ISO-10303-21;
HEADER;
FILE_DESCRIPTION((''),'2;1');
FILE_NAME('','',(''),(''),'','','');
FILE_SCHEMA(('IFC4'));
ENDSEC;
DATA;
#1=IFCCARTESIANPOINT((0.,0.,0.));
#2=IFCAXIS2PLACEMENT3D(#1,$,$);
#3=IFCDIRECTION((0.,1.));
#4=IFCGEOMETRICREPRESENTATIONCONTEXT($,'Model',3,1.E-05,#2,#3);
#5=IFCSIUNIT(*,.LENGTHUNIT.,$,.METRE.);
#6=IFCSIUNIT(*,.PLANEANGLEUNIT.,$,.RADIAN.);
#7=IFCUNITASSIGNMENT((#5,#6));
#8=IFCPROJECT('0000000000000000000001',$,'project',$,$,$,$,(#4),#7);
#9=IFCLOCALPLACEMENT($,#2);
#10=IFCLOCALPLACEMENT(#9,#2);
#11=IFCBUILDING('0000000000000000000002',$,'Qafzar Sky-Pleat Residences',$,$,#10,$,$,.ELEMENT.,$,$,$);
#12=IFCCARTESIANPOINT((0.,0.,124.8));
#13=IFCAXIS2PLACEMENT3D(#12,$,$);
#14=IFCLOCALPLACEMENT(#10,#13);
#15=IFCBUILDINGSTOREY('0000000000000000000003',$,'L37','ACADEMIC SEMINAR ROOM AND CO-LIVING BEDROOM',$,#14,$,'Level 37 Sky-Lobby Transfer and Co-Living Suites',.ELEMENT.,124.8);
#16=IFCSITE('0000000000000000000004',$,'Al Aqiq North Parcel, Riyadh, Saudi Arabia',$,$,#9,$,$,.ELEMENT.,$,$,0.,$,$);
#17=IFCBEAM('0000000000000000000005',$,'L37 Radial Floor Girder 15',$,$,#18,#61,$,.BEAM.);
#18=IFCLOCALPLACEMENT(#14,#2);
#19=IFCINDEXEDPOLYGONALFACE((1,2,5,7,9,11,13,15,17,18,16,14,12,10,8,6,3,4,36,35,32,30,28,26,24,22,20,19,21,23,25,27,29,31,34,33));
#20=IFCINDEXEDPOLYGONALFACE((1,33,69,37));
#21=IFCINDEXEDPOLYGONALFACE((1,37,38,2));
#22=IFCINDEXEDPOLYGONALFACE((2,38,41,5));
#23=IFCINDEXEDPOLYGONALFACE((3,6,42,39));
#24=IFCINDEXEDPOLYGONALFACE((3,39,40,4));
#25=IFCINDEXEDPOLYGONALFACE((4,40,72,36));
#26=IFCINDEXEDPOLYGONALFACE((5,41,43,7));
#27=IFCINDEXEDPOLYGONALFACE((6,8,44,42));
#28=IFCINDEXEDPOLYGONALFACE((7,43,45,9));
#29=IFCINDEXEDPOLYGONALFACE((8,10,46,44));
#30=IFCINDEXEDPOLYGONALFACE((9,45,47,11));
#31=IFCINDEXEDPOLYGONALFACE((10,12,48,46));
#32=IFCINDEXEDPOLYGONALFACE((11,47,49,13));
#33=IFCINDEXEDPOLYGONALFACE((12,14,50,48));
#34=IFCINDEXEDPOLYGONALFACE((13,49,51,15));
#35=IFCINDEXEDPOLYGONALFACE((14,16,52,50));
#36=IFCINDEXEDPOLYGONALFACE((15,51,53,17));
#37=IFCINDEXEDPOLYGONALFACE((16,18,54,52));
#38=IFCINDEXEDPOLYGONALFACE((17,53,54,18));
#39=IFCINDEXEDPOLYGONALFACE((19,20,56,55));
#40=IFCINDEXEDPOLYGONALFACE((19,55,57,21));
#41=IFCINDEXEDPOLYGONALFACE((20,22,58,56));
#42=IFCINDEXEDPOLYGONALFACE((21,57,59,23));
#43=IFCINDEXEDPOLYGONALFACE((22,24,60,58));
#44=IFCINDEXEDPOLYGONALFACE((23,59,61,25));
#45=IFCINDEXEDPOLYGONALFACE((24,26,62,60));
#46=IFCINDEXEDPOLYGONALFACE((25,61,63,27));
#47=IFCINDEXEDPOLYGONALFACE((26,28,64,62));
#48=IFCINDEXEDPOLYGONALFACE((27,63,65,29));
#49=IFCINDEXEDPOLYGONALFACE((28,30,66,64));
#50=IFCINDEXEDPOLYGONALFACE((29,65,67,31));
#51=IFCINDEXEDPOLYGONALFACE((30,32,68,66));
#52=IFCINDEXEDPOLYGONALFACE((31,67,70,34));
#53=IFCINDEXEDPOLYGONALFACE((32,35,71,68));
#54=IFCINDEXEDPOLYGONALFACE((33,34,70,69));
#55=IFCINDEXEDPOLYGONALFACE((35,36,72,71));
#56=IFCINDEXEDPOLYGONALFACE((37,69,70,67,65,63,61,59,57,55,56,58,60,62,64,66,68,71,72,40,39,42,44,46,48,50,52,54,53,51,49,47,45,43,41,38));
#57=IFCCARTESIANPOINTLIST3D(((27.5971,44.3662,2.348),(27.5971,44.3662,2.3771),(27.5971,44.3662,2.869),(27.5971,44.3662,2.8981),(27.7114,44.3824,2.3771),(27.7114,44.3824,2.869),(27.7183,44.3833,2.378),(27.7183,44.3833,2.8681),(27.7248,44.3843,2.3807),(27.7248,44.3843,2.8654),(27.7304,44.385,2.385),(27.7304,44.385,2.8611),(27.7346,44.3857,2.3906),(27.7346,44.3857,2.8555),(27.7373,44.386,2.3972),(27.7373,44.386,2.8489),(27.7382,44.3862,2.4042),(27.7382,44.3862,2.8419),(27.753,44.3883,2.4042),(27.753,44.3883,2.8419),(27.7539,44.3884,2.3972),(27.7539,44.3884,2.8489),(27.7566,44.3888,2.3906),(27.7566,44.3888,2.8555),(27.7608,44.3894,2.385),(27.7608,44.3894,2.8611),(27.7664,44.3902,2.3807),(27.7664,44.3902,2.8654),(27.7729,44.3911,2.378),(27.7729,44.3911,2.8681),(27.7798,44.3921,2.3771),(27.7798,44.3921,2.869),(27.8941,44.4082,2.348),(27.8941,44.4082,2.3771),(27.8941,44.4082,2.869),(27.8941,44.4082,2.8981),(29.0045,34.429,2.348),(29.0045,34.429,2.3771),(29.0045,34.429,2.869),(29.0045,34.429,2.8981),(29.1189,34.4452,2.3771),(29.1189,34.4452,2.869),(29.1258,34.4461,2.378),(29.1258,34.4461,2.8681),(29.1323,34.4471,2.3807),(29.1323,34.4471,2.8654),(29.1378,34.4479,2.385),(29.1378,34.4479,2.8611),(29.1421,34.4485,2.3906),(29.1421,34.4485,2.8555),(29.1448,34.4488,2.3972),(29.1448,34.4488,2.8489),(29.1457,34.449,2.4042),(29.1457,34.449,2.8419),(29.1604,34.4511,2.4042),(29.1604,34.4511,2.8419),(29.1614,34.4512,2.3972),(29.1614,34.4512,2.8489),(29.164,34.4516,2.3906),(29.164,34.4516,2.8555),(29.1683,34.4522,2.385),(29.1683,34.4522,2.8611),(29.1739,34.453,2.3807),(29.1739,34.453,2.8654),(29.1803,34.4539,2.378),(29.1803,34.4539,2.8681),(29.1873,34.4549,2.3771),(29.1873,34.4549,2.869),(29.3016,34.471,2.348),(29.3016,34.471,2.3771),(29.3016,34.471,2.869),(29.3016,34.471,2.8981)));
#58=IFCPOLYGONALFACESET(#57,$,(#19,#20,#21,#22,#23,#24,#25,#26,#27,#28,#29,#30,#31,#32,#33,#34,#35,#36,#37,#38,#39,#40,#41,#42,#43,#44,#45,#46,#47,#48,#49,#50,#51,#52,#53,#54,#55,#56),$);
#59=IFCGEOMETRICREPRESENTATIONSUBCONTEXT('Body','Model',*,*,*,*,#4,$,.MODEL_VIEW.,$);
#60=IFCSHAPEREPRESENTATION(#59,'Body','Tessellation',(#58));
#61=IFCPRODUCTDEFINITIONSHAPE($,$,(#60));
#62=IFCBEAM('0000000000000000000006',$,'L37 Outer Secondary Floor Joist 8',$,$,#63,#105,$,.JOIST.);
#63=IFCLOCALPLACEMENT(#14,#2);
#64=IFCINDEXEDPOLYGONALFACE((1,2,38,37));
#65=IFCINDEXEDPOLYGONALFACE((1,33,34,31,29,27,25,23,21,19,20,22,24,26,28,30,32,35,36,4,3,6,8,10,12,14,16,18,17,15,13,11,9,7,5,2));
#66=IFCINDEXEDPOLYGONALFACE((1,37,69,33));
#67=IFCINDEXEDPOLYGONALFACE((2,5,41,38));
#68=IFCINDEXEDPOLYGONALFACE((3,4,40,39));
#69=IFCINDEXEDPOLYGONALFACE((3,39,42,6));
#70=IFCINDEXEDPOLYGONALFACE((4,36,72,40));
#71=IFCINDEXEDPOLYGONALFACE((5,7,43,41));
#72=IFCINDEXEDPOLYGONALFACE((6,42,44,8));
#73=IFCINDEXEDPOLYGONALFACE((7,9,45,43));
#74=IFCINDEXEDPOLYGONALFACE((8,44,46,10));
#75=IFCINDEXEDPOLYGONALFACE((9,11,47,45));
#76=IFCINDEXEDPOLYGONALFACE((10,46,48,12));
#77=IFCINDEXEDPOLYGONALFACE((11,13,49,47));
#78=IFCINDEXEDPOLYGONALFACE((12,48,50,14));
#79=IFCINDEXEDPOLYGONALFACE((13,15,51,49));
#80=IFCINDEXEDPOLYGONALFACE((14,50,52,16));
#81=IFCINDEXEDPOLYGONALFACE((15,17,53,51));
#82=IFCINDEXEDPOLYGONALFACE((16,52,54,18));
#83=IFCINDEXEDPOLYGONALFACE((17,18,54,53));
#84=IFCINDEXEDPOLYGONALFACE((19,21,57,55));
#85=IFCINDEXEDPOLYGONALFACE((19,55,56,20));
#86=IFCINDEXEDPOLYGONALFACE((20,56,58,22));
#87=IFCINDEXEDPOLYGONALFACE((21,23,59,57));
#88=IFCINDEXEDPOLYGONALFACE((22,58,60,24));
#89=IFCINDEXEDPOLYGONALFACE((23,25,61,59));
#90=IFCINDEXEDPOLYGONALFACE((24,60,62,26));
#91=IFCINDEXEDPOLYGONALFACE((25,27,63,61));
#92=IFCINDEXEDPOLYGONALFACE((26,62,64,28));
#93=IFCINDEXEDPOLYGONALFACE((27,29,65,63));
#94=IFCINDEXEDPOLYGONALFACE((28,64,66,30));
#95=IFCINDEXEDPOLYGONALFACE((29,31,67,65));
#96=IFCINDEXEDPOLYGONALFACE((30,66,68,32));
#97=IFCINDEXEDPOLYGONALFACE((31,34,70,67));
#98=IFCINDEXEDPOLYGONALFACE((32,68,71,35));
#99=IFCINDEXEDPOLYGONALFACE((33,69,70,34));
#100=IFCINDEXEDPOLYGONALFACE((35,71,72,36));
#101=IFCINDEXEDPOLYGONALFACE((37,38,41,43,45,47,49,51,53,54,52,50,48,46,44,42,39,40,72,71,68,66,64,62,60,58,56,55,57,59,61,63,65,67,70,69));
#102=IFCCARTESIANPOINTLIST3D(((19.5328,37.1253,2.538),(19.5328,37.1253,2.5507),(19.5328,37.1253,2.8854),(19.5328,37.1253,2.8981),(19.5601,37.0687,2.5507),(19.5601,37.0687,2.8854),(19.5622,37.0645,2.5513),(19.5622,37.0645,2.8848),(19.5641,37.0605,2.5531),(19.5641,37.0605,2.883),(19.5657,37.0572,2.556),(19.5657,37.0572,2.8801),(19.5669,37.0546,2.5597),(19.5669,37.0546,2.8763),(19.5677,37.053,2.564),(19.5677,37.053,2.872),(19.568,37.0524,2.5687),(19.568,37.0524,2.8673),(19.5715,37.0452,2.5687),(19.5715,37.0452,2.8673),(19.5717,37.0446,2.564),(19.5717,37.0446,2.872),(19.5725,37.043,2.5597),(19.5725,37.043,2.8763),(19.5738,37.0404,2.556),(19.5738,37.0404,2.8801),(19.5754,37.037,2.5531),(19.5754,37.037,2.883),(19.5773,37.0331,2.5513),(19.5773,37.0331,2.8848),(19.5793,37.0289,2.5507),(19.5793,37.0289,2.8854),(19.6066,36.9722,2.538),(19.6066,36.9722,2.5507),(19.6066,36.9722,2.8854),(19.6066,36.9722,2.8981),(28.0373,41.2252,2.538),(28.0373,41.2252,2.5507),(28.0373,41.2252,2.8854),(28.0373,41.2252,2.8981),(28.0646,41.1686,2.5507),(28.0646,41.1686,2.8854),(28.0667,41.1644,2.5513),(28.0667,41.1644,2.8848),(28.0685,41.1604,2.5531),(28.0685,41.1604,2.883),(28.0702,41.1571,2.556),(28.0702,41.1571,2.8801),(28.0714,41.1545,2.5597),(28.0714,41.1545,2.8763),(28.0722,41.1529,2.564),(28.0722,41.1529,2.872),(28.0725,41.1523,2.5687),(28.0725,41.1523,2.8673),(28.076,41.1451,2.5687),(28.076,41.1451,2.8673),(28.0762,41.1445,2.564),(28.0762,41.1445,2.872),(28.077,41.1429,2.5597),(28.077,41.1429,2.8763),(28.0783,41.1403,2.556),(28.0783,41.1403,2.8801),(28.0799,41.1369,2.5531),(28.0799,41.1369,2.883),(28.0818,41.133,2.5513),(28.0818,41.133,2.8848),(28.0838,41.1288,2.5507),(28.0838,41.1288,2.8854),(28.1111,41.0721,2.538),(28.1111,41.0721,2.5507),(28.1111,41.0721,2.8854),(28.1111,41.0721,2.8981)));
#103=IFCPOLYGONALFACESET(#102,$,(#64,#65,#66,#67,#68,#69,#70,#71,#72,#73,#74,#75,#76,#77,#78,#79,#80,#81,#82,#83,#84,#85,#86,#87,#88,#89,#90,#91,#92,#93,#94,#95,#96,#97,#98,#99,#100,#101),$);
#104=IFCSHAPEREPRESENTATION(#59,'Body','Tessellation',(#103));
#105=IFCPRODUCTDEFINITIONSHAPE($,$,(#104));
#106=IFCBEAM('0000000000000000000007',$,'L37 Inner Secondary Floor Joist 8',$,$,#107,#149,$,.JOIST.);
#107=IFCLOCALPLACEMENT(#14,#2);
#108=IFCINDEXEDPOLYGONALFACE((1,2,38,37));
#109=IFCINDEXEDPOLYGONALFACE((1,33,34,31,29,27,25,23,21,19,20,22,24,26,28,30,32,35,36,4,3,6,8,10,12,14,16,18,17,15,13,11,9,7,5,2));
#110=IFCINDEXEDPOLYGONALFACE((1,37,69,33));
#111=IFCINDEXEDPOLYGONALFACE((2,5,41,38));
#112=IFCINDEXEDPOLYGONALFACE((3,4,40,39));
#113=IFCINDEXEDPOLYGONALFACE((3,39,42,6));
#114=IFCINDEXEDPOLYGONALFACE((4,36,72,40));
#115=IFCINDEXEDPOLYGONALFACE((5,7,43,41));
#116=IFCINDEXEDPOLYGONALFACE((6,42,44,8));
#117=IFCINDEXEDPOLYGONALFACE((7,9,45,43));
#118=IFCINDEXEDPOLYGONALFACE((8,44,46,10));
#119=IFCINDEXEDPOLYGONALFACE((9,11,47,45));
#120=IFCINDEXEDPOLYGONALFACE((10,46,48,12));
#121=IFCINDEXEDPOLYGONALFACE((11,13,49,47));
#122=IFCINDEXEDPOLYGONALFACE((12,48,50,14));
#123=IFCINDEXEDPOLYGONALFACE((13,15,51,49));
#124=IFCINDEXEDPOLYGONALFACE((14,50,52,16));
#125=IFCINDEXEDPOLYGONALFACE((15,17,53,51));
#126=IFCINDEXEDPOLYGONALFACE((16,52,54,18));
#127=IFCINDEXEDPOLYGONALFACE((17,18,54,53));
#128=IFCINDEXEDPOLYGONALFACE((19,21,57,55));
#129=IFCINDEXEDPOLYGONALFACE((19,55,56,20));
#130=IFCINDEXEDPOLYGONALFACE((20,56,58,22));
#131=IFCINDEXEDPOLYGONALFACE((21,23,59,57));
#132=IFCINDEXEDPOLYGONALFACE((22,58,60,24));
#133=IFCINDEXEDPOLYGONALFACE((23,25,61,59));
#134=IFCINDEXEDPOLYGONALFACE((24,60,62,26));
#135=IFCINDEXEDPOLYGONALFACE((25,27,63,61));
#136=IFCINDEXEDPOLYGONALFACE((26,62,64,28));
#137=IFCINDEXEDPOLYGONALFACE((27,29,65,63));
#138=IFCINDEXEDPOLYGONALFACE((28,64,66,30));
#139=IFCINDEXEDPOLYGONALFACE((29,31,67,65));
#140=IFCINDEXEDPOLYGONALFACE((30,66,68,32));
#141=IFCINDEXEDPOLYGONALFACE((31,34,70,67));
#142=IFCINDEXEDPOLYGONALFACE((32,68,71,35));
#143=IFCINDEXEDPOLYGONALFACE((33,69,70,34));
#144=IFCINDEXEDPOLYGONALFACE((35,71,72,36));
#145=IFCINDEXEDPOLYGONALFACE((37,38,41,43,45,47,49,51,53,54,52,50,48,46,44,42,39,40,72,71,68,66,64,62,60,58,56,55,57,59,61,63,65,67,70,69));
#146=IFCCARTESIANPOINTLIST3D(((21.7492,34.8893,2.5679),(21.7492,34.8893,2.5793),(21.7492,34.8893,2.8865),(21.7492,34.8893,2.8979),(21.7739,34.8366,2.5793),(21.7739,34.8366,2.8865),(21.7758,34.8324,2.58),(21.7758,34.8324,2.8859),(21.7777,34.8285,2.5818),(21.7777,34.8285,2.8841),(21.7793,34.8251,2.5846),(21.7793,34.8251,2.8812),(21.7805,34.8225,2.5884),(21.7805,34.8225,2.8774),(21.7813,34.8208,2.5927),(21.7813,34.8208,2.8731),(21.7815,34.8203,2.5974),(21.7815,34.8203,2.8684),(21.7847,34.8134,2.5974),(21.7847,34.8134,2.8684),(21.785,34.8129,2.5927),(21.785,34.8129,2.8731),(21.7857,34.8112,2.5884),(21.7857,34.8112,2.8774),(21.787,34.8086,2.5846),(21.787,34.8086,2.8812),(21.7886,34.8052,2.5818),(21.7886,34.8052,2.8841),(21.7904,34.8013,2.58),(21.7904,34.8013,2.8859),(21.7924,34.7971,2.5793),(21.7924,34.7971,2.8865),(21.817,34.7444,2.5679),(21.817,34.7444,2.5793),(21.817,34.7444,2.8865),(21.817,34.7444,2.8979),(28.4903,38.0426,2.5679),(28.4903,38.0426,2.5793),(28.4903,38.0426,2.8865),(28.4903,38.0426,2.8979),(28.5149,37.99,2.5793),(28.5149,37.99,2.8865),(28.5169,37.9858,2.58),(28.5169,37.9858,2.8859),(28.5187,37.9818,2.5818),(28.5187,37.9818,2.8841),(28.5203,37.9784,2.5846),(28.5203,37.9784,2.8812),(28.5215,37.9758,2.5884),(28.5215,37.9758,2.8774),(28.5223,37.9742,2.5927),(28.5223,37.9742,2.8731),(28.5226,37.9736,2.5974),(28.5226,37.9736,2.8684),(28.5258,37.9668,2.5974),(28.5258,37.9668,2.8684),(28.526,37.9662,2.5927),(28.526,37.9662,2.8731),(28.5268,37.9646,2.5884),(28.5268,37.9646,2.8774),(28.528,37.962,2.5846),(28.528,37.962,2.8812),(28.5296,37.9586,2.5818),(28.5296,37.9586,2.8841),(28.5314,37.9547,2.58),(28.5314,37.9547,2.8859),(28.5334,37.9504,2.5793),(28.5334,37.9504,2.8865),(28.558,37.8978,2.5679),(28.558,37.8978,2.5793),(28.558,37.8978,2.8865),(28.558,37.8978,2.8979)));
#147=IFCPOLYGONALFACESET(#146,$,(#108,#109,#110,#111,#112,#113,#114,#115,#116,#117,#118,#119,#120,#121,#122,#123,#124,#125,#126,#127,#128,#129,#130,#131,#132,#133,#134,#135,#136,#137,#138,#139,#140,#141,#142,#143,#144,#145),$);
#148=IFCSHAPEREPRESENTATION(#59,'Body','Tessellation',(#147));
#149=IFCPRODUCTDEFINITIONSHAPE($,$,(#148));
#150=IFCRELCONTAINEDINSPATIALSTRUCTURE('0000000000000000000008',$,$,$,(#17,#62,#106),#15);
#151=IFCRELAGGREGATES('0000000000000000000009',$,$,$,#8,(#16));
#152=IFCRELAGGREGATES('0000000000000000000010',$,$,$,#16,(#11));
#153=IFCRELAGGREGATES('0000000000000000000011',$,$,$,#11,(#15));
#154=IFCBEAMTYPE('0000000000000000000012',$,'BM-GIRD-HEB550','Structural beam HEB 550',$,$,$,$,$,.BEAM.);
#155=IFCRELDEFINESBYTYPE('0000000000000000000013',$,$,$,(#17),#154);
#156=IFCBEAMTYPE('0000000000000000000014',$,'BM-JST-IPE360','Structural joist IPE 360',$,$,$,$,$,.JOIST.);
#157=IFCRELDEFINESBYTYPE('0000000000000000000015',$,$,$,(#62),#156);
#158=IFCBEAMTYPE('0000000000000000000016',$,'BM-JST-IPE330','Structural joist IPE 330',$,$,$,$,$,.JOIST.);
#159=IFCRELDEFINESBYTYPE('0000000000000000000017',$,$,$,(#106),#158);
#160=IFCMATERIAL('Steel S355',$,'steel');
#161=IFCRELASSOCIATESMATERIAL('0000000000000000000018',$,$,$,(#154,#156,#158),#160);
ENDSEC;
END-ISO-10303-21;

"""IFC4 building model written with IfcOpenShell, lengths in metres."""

from ifc_helpers import new_model, si_unit, direction, frame, origin, origin_2d, place, context, subcontext, project, spatial, i_section, extrude, source, transform, mapped, material, material_profile, profile_set, type_object, element, save


model = new_model("IFC4")

# Units and contexts
model_context = context("Model", 3, precision=1e-05, world=origin(), true_north=direction((0.0, 1.0)))
body_context = subcontext(model_context, "Body", "Model", "MODEL_VIEW")
ifc_project = project(units=[si_unit("LENGTHUNIT", "METRE"), si_unit("PLANEANGLEUNIT", "RADIAN")], contexts=[model_context])

# Site, building, storey
site_placement = place(None, origin())
site = spatial("IfcSite", under=ifc_project, at=site_placement, Name="Al Aqiq North Parcel, Riyadh, Saudi Arabia", CompositionType="ELEMENT", RefElevation=0.0)
building_placement = place(site_placement, origin())
building = spatial("IfcBuilding", under=site, at=building_placement, Name="Qafzar Sky-Pleat Residences", CompositionType="ELEMENT")
storey_placement = place(building_placement, frame((0.0, 0.0, 124.8)))
storey = spatial("IfcBuildingStorey", under=building, at=storey_placement, Name="L37", Description="ACADEMIC SEMINAR ROOM AND CO-LIVING BEDROOM", LongName="Level 37 Sky-Lobby Transfer and Co-Living Suites", CompositionType="ELEMENT", Elevation=124.8)

# Beams
ifc_material_1 = material(Name="Steel S355", Category="steel")
ifc_material_profile_1 = material_profile(ifc_material_1, i_section(OverallWidth=0.3, OverallDepth=0.55, WebThickness=0.0149, FlangeThickness=0.0291, FilletRadius=0.0271, at=origin_2d()), Name="HEB 550")
ifc_profile_set_1 = profile_set([ifc_material_profile_1], Name="Steel S355")
beam_type_1 = type_object("IfcBeamType", Name="BM-GIRD-HEB550", Description="Structural beam HEB 550", PredefinedType="BEAM", material=ifc_profile_set_1)
shared_shape_1 = source(origin(), body_context, "Body", "SweptSolid", [
    extrude(i_section(OverallWidth=0.3, OverallDepth=0.55, WebThickness=0.0149, FlangeThickness=0.0291, FilletRadius=0.0271, at=origin_2d()), origin(), (0.0, 0.0, 1.0), 10.0364),
])
beam_1_placement = place(storey_placement, frame((27.7456, 44.3872, 2.623), z_axis=(0.140236, -0.990118, 0.0), x_axis=(0.990118, 0.140236, 0.0)))
element("IfcBeam", 1, at=beam_1_placement, inside=storey, type_object=beam_type_1, Name="L37 Radial Floor Girder 15", PredefinedType="BEAM", context=body_context, shape_type="MappedRepresentation", body=[
    mapped(shared_shape_1, transform((0.0, 0.0, 0.0), x_axis=(1.0, 0.0, 0.0), y_axis=(0.0, 1.0, 0.0), z_axis=(0.0, 0.0, 1.0), scale=1.0)),
])
ifc_material_profile_2 = material_profile(ifc_material_1, i_section(OverallWidth=0.1699, OverallDepth=0.3601, WebThickness=0.0081, FlangeThickness=0.0127, FilletRadius=0.0181, at=origin_2d()), Name="IPE 360")
ifc_profile_set_2 = profile_set([ifc_material_profile_2], Name="Steel S355")
beam_type_2 = type_object("IfcBeamType", Name="BM-JST-IPE360", Description="Structural joist IPE 360", PredefinedType="JOIST", material=ifc_profile_set_2)
shared_shape_2 = source(origin(), body_context, "Body", "SweptSolid", [
    extrude(i_section(OverallWidth=0.1699, OverallDepth=0.3601, WebThickness=0.0081, FlangeThickness=0.0127, FilletRadius=0.0181, at=origin_2d()), origin(), (0.0, 0.0, 1.0), 9.4412),
])
beam_2_placement = place(storey_placement, frame((28.0742, 41.1487, 2.718), z_axis=(-0.900789, -0.434258, 0.0), x_axis=(0.434258, -0.900789, 0.0)))
element("IfcBeam", 2, at=beam_2_placement, inside=storey, type_object=beam_type_2, Name="L37 Outer Secondary Floor Joist 8", PredefinedType="JOIST", context=body_context, shape_type="MappedRepresentation", body=[
    mapped(shared_shape_2, transform((0.0, 0.0, 0.0), x_axis=(1.0, 0.0, 0.0), y_axis=(0.0, 1.0, 0.0), z_axis=(0.0, 0.0, 1.0), scale=1.0)),
])
ifc_material_profile_3 = material_profile(ifc_material_1, i_section(OverallWidth=0.1599, OverallDepth=0.3301, WebThickness=0.0076, FlangeThickness=0.0115, FilletRadius=0.0181, at=origin_2d()), Name="IPE 330")
ifc_profile_set_3 = profile_set([ifc_material_profile_3], Name="Steel S355")
beam_type_3 = type_object("IfcBeamType", Name="BM-JST-IPE330", Description="Structural joist IPE 330", PredefinedType="JOIST", material=ifc_profile_set_3)
shared_shape_3 = source(origin(), body_context, "Body", "SweptSolid", [
    extrude(i_section(OverallWidth=0.1599, OverallDepth=0.3301, WebThickness=0.0076, FlangeThickness=0.0115, FilletRadius=0.0181, at=origin_2d()), origin(), (0.0, 0.0, 1.0), 7.4421),
])
beam_3_placement = place(storey_placement, frame((28.5242, 37.9702, 2.7329), z_axis=(-0.905795, -0.423717, 0.0), x_axis=(0.423717, -0.905795, 0.0)))
element("IfcBeam", 3, at=beam_3_placement, inside=storey, type_object=beam_type_3, Name="L37 Inner Secondary Floor Joist 8", PredefinedType="JOIST", context=body_context, shape_type="MappedRepresentation", body=[
    mapped(shared_shape_3, transform((0.0, 0.0, 0.0), x_axis=(1.0, 0.0, 0.0), y_axis=(0.0, 1.0, 0.0), z_axis=(0.0, 0.0, 1.0), scale=1.0)),
])

save(model, "model.ifc")
